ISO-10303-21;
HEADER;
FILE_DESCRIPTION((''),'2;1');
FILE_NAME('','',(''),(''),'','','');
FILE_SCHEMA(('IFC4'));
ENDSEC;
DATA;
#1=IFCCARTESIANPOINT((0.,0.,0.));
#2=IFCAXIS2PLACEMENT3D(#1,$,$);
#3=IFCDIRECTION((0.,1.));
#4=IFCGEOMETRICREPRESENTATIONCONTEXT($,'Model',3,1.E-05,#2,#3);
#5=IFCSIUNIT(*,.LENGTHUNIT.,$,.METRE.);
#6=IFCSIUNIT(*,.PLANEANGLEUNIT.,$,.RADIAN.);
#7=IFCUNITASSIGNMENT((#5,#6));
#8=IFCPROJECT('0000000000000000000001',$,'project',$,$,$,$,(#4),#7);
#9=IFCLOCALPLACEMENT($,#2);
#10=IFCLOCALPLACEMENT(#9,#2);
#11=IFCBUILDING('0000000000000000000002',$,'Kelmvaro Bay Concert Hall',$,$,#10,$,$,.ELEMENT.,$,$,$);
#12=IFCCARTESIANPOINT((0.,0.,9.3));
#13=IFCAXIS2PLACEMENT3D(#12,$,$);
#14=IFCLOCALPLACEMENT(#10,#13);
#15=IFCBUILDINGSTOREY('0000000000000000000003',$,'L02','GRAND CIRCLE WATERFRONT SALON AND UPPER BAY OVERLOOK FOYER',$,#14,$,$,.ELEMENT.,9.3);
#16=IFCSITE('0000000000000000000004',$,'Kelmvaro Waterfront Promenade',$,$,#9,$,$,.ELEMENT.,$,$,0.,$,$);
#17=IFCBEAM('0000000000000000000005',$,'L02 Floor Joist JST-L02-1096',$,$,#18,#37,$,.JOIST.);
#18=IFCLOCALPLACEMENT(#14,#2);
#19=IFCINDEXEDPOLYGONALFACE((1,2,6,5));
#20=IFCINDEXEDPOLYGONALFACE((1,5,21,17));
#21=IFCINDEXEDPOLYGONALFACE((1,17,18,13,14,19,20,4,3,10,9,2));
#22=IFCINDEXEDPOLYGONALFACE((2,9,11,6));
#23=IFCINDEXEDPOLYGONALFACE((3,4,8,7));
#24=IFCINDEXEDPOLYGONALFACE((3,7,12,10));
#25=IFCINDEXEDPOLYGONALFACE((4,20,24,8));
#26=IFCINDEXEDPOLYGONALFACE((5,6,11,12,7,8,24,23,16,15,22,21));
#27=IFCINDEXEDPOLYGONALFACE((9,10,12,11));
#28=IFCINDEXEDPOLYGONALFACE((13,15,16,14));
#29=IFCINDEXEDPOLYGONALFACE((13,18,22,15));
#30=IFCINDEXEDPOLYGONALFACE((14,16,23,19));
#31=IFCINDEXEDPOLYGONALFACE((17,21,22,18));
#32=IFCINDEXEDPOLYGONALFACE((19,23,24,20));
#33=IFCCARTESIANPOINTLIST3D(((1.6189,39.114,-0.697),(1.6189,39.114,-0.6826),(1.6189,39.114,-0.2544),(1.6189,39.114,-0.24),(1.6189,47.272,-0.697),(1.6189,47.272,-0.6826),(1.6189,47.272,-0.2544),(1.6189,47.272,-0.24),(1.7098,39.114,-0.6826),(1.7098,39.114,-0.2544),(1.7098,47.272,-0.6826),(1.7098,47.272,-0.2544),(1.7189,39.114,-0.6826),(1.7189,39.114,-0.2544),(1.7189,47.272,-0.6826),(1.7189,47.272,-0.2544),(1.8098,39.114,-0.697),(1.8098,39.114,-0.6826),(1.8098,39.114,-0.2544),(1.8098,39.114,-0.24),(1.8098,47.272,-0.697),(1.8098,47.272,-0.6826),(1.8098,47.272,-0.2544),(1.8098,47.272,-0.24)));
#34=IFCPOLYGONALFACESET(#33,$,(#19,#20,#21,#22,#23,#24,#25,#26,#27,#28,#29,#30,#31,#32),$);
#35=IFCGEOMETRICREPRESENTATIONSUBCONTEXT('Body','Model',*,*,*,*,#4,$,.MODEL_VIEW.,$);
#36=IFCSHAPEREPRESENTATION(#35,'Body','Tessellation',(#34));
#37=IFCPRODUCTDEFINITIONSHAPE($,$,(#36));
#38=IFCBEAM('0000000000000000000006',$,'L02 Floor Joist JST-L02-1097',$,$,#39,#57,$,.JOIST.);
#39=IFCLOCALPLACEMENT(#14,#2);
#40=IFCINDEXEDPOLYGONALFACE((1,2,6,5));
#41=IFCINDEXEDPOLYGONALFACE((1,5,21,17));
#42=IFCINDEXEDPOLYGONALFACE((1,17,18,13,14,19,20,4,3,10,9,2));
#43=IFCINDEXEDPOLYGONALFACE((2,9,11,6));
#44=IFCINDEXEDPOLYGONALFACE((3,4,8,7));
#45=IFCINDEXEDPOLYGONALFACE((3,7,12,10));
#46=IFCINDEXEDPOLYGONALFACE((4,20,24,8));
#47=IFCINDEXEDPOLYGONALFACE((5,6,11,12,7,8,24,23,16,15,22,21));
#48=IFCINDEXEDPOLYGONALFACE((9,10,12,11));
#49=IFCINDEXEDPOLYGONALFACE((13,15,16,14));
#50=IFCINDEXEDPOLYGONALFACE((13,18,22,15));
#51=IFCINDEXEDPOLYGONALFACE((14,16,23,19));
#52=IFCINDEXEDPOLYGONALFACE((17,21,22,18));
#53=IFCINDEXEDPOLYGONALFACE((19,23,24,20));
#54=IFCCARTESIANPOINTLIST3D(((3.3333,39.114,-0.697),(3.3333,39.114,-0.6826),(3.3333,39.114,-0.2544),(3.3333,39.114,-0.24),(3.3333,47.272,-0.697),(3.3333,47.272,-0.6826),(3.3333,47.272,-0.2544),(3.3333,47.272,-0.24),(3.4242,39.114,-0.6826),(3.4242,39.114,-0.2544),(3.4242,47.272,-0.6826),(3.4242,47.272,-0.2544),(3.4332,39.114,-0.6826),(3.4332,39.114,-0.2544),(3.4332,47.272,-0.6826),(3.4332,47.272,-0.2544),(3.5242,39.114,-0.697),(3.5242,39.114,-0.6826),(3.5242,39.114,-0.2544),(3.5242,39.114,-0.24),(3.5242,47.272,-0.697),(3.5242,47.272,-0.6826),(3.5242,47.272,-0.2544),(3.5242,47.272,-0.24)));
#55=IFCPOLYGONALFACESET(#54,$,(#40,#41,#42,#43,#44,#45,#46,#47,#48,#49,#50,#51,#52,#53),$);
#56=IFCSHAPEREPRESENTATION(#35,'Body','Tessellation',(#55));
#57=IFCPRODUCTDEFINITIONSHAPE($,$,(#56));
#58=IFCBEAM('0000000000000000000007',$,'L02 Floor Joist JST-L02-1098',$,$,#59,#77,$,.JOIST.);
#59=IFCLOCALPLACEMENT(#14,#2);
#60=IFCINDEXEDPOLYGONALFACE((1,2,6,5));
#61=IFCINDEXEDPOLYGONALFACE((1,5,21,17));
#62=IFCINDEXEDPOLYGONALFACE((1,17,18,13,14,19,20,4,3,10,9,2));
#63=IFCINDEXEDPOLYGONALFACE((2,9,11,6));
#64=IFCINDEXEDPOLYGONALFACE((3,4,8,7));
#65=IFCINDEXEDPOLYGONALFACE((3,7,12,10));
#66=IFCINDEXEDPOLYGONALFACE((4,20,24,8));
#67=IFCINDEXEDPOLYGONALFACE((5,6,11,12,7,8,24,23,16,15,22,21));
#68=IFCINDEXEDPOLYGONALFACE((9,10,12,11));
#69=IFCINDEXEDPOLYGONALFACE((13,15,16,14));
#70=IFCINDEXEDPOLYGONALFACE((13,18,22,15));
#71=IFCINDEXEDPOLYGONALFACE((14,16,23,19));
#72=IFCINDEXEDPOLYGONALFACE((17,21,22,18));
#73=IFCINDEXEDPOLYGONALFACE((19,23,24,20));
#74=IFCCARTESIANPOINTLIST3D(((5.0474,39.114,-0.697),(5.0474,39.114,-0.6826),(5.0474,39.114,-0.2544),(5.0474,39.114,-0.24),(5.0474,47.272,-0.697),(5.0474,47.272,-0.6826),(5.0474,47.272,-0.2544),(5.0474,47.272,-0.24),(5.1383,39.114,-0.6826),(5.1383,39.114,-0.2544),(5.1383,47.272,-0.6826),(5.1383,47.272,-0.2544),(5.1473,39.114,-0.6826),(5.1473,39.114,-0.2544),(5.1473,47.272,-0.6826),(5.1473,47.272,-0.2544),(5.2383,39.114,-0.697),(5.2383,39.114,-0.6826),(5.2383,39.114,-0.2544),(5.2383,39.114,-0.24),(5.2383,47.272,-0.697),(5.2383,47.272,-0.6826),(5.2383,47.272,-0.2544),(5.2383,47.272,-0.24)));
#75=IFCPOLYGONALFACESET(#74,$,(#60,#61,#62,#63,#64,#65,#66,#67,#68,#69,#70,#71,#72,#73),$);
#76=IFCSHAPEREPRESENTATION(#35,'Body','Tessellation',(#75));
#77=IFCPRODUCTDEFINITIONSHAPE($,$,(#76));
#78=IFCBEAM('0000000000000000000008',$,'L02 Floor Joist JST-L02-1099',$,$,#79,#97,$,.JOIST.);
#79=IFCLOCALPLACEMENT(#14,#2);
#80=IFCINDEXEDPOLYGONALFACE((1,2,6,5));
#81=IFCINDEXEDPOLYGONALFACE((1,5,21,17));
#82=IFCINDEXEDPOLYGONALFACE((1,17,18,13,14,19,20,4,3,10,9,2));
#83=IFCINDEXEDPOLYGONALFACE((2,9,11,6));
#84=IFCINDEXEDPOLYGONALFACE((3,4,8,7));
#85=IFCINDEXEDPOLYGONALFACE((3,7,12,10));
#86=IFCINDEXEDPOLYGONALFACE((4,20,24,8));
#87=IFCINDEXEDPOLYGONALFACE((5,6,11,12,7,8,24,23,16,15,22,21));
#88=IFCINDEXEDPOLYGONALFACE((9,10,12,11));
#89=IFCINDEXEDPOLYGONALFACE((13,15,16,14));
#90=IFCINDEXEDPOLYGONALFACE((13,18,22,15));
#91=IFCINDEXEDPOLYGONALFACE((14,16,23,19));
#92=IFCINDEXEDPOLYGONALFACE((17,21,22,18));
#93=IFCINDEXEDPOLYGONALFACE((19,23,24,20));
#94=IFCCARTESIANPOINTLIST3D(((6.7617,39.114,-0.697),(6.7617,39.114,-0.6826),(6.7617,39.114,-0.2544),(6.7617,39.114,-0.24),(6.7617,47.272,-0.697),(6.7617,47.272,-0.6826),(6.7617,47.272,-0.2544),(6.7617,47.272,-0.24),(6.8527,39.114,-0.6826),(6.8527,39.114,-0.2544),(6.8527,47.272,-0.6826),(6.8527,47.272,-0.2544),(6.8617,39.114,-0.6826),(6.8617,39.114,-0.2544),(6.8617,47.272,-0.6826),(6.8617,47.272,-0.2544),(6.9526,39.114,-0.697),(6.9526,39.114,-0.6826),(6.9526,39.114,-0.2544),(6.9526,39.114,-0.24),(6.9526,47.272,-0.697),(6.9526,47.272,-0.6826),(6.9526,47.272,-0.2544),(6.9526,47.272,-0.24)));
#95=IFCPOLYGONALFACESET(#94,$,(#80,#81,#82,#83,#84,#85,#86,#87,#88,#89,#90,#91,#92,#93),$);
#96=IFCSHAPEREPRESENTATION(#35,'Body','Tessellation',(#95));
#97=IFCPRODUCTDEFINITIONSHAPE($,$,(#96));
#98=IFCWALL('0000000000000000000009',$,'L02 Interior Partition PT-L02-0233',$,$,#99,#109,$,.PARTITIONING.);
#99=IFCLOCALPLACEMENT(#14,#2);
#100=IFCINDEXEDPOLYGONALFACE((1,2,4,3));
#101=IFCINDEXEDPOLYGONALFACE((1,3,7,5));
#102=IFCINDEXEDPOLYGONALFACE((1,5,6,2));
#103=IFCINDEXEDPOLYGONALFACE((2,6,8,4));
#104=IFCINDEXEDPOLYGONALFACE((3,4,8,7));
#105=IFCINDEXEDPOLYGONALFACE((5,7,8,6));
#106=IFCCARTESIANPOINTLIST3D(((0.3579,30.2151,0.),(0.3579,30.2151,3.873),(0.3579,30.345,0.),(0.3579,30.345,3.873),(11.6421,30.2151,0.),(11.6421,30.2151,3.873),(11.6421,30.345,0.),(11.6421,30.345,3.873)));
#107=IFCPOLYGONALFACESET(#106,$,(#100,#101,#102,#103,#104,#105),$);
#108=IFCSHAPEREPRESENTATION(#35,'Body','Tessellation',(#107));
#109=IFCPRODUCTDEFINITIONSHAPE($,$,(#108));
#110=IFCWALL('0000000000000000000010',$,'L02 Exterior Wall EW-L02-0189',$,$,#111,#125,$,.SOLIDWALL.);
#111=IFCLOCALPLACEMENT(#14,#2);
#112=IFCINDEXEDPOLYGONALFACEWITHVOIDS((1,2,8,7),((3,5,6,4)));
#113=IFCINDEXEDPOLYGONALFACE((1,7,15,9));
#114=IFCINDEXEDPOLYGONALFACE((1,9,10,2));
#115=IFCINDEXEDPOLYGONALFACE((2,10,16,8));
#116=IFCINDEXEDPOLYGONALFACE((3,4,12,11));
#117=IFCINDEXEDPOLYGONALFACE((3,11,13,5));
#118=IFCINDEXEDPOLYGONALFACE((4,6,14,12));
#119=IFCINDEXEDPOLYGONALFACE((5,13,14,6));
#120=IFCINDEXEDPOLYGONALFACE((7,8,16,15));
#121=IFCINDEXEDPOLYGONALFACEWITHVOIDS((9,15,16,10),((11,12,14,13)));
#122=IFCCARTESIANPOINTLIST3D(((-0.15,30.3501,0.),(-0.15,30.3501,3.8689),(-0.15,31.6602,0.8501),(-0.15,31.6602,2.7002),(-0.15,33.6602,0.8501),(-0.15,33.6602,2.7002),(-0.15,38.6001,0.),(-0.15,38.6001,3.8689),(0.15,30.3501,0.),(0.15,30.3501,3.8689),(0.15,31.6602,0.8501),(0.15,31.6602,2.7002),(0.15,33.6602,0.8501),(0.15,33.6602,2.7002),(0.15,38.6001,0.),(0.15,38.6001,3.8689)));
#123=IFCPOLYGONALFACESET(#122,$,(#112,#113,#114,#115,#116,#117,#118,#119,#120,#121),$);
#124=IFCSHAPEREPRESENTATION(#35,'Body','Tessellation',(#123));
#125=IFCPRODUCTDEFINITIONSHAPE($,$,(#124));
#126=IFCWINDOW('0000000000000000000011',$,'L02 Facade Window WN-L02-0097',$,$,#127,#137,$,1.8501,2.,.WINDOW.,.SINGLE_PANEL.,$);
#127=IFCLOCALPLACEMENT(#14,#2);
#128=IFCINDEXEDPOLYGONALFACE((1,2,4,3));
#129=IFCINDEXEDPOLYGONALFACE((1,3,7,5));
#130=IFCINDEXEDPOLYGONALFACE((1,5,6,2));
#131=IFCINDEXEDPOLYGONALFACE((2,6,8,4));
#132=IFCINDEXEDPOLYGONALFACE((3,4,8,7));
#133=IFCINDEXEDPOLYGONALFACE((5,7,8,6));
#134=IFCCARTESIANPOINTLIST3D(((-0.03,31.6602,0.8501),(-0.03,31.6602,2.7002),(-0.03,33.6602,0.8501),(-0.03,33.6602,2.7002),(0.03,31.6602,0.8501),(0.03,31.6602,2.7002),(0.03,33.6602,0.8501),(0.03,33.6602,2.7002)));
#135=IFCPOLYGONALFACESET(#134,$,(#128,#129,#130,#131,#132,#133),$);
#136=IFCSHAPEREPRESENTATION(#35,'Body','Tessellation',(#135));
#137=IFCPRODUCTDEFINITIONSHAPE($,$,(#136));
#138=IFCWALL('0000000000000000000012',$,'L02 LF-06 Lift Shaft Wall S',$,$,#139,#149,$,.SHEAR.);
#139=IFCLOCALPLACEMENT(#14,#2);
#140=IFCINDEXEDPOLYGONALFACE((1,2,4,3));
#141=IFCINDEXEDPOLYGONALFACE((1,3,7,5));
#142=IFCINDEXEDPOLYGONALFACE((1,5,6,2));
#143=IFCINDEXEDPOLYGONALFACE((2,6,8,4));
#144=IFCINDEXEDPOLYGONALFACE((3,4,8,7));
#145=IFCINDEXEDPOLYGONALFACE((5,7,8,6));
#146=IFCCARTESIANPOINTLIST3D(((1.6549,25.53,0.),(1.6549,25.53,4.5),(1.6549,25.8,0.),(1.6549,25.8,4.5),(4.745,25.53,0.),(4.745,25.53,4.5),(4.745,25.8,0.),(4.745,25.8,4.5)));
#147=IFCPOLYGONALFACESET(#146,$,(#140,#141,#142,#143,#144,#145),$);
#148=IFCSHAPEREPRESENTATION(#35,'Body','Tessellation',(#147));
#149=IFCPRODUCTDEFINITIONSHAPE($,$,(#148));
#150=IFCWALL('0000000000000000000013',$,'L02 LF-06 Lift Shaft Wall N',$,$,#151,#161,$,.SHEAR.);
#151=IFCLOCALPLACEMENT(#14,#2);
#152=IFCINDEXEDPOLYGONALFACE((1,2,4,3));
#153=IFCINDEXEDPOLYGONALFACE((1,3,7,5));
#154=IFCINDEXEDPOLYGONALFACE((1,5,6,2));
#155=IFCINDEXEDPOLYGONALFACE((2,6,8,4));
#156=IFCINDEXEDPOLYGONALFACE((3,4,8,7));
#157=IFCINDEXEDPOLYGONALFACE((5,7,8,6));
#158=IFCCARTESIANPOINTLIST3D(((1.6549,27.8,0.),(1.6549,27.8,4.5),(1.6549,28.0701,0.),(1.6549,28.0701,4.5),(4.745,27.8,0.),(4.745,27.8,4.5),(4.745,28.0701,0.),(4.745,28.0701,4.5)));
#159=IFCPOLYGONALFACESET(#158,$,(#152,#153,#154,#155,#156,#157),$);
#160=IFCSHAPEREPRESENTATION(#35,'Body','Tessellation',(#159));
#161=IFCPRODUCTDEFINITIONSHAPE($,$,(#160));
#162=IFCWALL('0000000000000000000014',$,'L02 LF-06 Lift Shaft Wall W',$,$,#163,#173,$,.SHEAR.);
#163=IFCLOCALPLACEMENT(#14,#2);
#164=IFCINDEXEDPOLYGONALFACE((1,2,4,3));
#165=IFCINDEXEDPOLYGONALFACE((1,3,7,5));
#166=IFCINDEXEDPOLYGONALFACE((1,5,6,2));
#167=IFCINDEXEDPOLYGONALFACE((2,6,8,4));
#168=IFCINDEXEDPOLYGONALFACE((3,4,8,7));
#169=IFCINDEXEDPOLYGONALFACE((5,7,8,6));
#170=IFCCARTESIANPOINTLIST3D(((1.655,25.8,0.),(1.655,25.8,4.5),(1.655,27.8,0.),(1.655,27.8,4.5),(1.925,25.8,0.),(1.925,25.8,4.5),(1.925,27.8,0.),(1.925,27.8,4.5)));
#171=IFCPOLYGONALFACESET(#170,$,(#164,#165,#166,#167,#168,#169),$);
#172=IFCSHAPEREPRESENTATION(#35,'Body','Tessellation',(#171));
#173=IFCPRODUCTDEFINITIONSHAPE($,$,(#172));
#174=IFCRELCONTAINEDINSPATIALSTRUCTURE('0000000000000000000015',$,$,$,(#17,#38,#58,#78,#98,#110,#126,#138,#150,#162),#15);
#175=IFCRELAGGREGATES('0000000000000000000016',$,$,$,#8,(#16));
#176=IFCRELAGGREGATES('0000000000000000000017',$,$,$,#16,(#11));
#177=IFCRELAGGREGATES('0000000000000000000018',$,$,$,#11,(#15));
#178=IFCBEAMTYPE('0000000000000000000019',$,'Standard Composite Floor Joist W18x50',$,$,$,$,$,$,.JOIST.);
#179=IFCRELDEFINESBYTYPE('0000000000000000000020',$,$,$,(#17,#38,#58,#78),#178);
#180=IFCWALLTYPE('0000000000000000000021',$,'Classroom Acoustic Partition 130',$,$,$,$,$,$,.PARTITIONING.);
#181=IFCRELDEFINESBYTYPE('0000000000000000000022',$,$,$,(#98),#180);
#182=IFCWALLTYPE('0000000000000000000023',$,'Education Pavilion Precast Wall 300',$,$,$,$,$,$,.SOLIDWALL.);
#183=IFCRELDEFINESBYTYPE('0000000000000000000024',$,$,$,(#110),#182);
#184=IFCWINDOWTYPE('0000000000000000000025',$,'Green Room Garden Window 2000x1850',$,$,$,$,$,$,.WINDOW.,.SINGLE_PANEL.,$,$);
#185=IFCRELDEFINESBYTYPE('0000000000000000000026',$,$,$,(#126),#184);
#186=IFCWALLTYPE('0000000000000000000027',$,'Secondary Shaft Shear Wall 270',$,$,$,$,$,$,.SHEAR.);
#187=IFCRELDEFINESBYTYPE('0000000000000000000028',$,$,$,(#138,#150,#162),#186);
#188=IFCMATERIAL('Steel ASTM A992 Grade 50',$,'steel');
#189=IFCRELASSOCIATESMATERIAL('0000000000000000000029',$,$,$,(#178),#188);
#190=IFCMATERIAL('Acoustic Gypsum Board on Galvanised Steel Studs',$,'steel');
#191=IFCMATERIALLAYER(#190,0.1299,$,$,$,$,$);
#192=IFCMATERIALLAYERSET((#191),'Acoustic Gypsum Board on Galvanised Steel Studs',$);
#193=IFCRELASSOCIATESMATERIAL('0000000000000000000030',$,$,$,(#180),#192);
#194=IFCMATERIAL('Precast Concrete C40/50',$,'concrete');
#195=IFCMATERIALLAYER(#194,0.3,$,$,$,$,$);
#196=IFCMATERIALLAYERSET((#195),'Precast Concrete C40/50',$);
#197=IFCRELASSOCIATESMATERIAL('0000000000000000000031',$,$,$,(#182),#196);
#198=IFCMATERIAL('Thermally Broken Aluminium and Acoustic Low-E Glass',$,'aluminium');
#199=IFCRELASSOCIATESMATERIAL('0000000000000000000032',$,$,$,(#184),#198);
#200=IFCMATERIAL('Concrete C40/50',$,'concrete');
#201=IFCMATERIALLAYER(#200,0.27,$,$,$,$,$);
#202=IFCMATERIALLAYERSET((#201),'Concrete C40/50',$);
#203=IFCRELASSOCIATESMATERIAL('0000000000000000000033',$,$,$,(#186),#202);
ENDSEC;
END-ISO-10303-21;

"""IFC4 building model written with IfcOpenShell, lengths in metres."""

from ifc_helpers import new_model, si_unit, direction, frame, frame_2d, origin, origin_2d, place, context, subcontext, project, spatial, rectangle, i_section, extrude, material, layer, layer_set, material_profile, profile_set, type_object, element, fill, save


model = new_model("IFC4")

# Units and contexts
model_context = context("Model", 3, precision=1e-05, world=origin(), true_north=direction((0.0, 1.0)))
body_context = subcontext(model_context, "Body", "Model", "MODEL_VIEW")
ifc_project = project(units=[si_unit("LENGTHUNIT", "METRE"), si_unit("PLANEANGLEUNIT", "RADIAN")], contexts=[model_context])

# Site, building, storey
site_placement = place(None, origin())
site = spatial("IfcSite", under=ifc_project, at=site_placement, Name="Kelmvaro Waterfront Promenade", CompositionType="ELEMENT", RefElevation=0.0)
building_placement = place(site_placement, origin())
building = spatial("IfcBuilding", under=site, at=building_placement, Name="Kelmvaro Bay Concert Hall", CompositionType="ELEMENT")
storey_placement = place(building_placement, frame((0.0, 0.0, 9.3)))
storey = spatial("IfcBuildingStorey", under=building, at=storey_placement, Name="L02", Description="GRAND CIRCLE WATERFRONT SALON AND UPPER BAY OVERLOOK FOYER", CompositionType="ELEMENT", Elevation=9.3)

# Beams
ifc_material_1 = material(Name="Steel ASTM A992 Grade 50", Category="steel")
ifc_material_profile_1 = material_profile(ifc_material_1, i_section(OverallWidth=0.1909, OverallDepth=0.457, WebThickness=0.009, FlangeThickness=0.0144, at=origin_2d()), Name="W18X50")
ifc_profile_set_1 = profile_set([ifc_material_profile_1], Name="Steel ASTM A992 Grade 50")
beam_type_1 = type_object("IfcBeamType", Name="Standard Composite Floor Joist W18x50", PredefinedType="JOIST", material=ifc_profile_set_1)
for number, where, z_axis, x_axis, name in (
    (1, (1.7144, 39.114, -0.4685), (0.0, 1.0, 0.0), (-1.0, 0.0, 0.0), "L02 Floor Joist JST-L02-1096"),
    (2, (3.4287, 39.114, -0.4685), (0.0, 1.0, 0.0), (-1.0, 0.0, 0.0), "L02 Floor Joist JST-L02-1097"),
    (3, (5.1428, 39.114, -0.4685), (0.0, 1.0, 0.0), (-1.0, 0.0, 0.0), "L02 Floor Joist JST-L02-1098"),
    (4, (6.8572, 39.114, -0.4685), (0.0, 1.0, 0.0), (-1.0, 0.0, 0.0), "L02 Floor Joist JST-L02-1099"),
):
    element("IfcBeam", number, at=place(storey_placement, frame(where, z_axis=z_axis, x_axis=x_axis)), inside=storey, type_object=beam_type_1, Name=name, PredefinedType="JOIST", context=body_context, shape_type="SweptSolid", body=[
        extrude(i_section(OverallWidth=0.1909, OverallDepth=0.457, WebThickness=0.009, FlangeThickness=0.0144, at=origin_2d()), origin(), (0.0, 0.0, 1.0), 8.158),
    ])

# Wall
ifc_material_2 = material(Name="Acoustic Gypsum Board on Galvanised Steel Studs", Category="steel")
ifc_layer_1 = layer(ifc_material_2, 0.1299)
ifc_layer_set_1 = layer_set([ifc_layer_1], Name="Acoustic Gypsum Board on Galvanised Steel Studs")
wall_type_1 = type_object("IfcWallType", Name="Classroom Acoustic Partition 130", PredefinedType="PARTITIONING", material=ifc_layer_set_1)
wall_1_placement = place(storey_placement, frame((0.3579, 30.28, 0.0), z_axis=(0.0, 0.0, 1.0), x_axis=(1.0, 0.0, 0.0)))
element("IfcWall", 5, at=wall_1_placement, inside=storey, type_object=wall_type_1, Name="L02 Interior Partition PT-L02-0233", PredefinedType="PARTITIONING", context=body_context, shape_type="SweptSolid", body=[
    extrude(rectangle(XDim=11.2842, YDim=0.1299, at=frame_2d((5.6421, 0.0))), origin(), (0.0, 0.0, 1.0), 3.873),
])

# Wall, opening, window
ifc_material_3 = material(Name="Precast Concrete C40/50", Category="concrete")
ifc_layer_2 = layer(ifc_material_3, 0.3)
ifc_layer_set_2 = layer_set([ifc_layer_2], Name="Precast Concrete C40/50")
wall_type_2 = type_object("IfcWallType", Name="Education Pavilion Precast Wall 300", PredefinedType="SOLIDWALL", material=ifc_layer_set_2)
wall_2_placement = place(storey_placement, frame((0.0, 30.3501, 0.0), z_axis=(0.0, 0.0, 1.0), x_axis=(0.0, 1.0, 0.0)))
wall_2 = element("IfcWall", 6, at=wall_2_placement, inside=storey, type_object=wall_type_2, Name="L02 Exterior Wall EW-L02-0189", PredefinedType="SOLIDWALL", context=body_context, shape_type="SweptSolid", body=[
    extrude(rectangle(XDim=8.25, YDim=0.3, at=frame_2d((4.125, 0.0))), origin(), (0.0, 0.0, 1.0), 3.8689),
])
opening_1_placement = place(wall_2_placement, frame((1.3101, 0.0, 0.8501)))
opening_1 = element("IfcOpeningElement", 7, at=opening_1_placement, cuts=wall_2, PredefinedType="OPENING", context=body_context, shape_type="SweptSolid", body=[
    extrude(rectangle(XDim=2.0, YDim=1.8501, at=frame_2d((1.0, 0.925))), frame((0.0, 0.1599, 0.0), z_axis=(0.0, -1.0, 0.0), x_axis=(1.0, 0.0, 0.0)), (0.0, 0.0, 1.0), 0.3201),
])
ifc_material_4 = material(Name="Thermally Broken Aluminium and Acoustic Low-E Glass", Category="aluminium")
window_type_1 = type_object("IfcWindowType", Name="Green Room Garden Window 2000x1850", PartitioningType="SINGLE_PANEL", PredefinedType="WINDOW", material=ifc_material_4)
window_1_placement = place(opening_1_placement, origin())
window_1 = element("IfcWindow", 8, at=window_1_placement, inside=storey, type_object=window_type_1, Name="L02 Facade Window WN-L02-0097", OverallHeight=1.8501, OverallWidth=2.0, PartitioningType="SINGLE_PANEL", PredefinedType="WINDOW", context=body_context, shape_type="SweptSolid", body=[
    extrude(rectangle(XDim=2.0, YDim=1.8501, at=frame_2d((1.0, 0.925))), frame((0.0, 0.03, 0.0), z_axis=(0.0, -1.0, 0.0), x_axis=(1.0, 0.0, 0.0)), (0.0, 0.0, 1.0), 0.0601),
])
fill(opening_1, window_1)

# Walls
ifc_material_5 = material(Name="Concrete C40/50", Category="concrete")
ifc_layer_3 = layer(ifc_material_5, 0.27)
ifc_layer_set_3 = layer_set([ifc_layer_3], Name="Concrete C40/50")
wall_type_3 = type_object("IfcWallType", Name="Secondary Shaft Shear Wall 270", PredefinedType="SHEAR", material=ifc_layer_set_3)
for number, where, z_axis, x_axis, name in (
    (9, (1.655, 25.665, 0.0), (0.0, 0.0, 1.0), (1.0, 0.0, 0.0), "L02 LF-06 Lift Shaft Wall S"),
    (10, (1.655, 27.9351, 0.0), (0.0, 0.0, 1.0), (1.0, 0.0, 0.0), "L02 LF-06 Lift Shaft Wall N"),
):
    element("IfcWall", number, at=place(storey_placement, frame(where, z_axis=z_axis, x_axis=x_axis)), inside=storey, type_object=wall_type_3, Name=name, PredefinedType="SHEAR", context=body_context, shape_type="SweptSolid", body=[
        extrude(rectangle(XDim=3.0901, YDim=0.27, at=frame_2d((1.5449, 0.0))), origin(), (0.0, 0.0, 1.0), 4.5),
    ])
wall_3_placement = place(storey_placement, frame((1.79, 25.8, 0.0), z_axis=(0.0, 0.0, 1.0), x_axis=(0.0, 1.0, 0.0)))
element("IfcWall", 11, at=wall_3_placement, inside=storey, type_object=wall_type_3, Name="L02 LF-06 Lift Shaft Wall W", PredefinedType="SHEAR", context=body_context, shape_type="SweptSolid", body=[
    extrude(rectangle(XDim=2.0, YDim=0.27, at=frame_2d((1.0, 0.0))), origin(), (0.0, 0.0, 1.0), 4.5),
])

save(model, "model.ifc")
